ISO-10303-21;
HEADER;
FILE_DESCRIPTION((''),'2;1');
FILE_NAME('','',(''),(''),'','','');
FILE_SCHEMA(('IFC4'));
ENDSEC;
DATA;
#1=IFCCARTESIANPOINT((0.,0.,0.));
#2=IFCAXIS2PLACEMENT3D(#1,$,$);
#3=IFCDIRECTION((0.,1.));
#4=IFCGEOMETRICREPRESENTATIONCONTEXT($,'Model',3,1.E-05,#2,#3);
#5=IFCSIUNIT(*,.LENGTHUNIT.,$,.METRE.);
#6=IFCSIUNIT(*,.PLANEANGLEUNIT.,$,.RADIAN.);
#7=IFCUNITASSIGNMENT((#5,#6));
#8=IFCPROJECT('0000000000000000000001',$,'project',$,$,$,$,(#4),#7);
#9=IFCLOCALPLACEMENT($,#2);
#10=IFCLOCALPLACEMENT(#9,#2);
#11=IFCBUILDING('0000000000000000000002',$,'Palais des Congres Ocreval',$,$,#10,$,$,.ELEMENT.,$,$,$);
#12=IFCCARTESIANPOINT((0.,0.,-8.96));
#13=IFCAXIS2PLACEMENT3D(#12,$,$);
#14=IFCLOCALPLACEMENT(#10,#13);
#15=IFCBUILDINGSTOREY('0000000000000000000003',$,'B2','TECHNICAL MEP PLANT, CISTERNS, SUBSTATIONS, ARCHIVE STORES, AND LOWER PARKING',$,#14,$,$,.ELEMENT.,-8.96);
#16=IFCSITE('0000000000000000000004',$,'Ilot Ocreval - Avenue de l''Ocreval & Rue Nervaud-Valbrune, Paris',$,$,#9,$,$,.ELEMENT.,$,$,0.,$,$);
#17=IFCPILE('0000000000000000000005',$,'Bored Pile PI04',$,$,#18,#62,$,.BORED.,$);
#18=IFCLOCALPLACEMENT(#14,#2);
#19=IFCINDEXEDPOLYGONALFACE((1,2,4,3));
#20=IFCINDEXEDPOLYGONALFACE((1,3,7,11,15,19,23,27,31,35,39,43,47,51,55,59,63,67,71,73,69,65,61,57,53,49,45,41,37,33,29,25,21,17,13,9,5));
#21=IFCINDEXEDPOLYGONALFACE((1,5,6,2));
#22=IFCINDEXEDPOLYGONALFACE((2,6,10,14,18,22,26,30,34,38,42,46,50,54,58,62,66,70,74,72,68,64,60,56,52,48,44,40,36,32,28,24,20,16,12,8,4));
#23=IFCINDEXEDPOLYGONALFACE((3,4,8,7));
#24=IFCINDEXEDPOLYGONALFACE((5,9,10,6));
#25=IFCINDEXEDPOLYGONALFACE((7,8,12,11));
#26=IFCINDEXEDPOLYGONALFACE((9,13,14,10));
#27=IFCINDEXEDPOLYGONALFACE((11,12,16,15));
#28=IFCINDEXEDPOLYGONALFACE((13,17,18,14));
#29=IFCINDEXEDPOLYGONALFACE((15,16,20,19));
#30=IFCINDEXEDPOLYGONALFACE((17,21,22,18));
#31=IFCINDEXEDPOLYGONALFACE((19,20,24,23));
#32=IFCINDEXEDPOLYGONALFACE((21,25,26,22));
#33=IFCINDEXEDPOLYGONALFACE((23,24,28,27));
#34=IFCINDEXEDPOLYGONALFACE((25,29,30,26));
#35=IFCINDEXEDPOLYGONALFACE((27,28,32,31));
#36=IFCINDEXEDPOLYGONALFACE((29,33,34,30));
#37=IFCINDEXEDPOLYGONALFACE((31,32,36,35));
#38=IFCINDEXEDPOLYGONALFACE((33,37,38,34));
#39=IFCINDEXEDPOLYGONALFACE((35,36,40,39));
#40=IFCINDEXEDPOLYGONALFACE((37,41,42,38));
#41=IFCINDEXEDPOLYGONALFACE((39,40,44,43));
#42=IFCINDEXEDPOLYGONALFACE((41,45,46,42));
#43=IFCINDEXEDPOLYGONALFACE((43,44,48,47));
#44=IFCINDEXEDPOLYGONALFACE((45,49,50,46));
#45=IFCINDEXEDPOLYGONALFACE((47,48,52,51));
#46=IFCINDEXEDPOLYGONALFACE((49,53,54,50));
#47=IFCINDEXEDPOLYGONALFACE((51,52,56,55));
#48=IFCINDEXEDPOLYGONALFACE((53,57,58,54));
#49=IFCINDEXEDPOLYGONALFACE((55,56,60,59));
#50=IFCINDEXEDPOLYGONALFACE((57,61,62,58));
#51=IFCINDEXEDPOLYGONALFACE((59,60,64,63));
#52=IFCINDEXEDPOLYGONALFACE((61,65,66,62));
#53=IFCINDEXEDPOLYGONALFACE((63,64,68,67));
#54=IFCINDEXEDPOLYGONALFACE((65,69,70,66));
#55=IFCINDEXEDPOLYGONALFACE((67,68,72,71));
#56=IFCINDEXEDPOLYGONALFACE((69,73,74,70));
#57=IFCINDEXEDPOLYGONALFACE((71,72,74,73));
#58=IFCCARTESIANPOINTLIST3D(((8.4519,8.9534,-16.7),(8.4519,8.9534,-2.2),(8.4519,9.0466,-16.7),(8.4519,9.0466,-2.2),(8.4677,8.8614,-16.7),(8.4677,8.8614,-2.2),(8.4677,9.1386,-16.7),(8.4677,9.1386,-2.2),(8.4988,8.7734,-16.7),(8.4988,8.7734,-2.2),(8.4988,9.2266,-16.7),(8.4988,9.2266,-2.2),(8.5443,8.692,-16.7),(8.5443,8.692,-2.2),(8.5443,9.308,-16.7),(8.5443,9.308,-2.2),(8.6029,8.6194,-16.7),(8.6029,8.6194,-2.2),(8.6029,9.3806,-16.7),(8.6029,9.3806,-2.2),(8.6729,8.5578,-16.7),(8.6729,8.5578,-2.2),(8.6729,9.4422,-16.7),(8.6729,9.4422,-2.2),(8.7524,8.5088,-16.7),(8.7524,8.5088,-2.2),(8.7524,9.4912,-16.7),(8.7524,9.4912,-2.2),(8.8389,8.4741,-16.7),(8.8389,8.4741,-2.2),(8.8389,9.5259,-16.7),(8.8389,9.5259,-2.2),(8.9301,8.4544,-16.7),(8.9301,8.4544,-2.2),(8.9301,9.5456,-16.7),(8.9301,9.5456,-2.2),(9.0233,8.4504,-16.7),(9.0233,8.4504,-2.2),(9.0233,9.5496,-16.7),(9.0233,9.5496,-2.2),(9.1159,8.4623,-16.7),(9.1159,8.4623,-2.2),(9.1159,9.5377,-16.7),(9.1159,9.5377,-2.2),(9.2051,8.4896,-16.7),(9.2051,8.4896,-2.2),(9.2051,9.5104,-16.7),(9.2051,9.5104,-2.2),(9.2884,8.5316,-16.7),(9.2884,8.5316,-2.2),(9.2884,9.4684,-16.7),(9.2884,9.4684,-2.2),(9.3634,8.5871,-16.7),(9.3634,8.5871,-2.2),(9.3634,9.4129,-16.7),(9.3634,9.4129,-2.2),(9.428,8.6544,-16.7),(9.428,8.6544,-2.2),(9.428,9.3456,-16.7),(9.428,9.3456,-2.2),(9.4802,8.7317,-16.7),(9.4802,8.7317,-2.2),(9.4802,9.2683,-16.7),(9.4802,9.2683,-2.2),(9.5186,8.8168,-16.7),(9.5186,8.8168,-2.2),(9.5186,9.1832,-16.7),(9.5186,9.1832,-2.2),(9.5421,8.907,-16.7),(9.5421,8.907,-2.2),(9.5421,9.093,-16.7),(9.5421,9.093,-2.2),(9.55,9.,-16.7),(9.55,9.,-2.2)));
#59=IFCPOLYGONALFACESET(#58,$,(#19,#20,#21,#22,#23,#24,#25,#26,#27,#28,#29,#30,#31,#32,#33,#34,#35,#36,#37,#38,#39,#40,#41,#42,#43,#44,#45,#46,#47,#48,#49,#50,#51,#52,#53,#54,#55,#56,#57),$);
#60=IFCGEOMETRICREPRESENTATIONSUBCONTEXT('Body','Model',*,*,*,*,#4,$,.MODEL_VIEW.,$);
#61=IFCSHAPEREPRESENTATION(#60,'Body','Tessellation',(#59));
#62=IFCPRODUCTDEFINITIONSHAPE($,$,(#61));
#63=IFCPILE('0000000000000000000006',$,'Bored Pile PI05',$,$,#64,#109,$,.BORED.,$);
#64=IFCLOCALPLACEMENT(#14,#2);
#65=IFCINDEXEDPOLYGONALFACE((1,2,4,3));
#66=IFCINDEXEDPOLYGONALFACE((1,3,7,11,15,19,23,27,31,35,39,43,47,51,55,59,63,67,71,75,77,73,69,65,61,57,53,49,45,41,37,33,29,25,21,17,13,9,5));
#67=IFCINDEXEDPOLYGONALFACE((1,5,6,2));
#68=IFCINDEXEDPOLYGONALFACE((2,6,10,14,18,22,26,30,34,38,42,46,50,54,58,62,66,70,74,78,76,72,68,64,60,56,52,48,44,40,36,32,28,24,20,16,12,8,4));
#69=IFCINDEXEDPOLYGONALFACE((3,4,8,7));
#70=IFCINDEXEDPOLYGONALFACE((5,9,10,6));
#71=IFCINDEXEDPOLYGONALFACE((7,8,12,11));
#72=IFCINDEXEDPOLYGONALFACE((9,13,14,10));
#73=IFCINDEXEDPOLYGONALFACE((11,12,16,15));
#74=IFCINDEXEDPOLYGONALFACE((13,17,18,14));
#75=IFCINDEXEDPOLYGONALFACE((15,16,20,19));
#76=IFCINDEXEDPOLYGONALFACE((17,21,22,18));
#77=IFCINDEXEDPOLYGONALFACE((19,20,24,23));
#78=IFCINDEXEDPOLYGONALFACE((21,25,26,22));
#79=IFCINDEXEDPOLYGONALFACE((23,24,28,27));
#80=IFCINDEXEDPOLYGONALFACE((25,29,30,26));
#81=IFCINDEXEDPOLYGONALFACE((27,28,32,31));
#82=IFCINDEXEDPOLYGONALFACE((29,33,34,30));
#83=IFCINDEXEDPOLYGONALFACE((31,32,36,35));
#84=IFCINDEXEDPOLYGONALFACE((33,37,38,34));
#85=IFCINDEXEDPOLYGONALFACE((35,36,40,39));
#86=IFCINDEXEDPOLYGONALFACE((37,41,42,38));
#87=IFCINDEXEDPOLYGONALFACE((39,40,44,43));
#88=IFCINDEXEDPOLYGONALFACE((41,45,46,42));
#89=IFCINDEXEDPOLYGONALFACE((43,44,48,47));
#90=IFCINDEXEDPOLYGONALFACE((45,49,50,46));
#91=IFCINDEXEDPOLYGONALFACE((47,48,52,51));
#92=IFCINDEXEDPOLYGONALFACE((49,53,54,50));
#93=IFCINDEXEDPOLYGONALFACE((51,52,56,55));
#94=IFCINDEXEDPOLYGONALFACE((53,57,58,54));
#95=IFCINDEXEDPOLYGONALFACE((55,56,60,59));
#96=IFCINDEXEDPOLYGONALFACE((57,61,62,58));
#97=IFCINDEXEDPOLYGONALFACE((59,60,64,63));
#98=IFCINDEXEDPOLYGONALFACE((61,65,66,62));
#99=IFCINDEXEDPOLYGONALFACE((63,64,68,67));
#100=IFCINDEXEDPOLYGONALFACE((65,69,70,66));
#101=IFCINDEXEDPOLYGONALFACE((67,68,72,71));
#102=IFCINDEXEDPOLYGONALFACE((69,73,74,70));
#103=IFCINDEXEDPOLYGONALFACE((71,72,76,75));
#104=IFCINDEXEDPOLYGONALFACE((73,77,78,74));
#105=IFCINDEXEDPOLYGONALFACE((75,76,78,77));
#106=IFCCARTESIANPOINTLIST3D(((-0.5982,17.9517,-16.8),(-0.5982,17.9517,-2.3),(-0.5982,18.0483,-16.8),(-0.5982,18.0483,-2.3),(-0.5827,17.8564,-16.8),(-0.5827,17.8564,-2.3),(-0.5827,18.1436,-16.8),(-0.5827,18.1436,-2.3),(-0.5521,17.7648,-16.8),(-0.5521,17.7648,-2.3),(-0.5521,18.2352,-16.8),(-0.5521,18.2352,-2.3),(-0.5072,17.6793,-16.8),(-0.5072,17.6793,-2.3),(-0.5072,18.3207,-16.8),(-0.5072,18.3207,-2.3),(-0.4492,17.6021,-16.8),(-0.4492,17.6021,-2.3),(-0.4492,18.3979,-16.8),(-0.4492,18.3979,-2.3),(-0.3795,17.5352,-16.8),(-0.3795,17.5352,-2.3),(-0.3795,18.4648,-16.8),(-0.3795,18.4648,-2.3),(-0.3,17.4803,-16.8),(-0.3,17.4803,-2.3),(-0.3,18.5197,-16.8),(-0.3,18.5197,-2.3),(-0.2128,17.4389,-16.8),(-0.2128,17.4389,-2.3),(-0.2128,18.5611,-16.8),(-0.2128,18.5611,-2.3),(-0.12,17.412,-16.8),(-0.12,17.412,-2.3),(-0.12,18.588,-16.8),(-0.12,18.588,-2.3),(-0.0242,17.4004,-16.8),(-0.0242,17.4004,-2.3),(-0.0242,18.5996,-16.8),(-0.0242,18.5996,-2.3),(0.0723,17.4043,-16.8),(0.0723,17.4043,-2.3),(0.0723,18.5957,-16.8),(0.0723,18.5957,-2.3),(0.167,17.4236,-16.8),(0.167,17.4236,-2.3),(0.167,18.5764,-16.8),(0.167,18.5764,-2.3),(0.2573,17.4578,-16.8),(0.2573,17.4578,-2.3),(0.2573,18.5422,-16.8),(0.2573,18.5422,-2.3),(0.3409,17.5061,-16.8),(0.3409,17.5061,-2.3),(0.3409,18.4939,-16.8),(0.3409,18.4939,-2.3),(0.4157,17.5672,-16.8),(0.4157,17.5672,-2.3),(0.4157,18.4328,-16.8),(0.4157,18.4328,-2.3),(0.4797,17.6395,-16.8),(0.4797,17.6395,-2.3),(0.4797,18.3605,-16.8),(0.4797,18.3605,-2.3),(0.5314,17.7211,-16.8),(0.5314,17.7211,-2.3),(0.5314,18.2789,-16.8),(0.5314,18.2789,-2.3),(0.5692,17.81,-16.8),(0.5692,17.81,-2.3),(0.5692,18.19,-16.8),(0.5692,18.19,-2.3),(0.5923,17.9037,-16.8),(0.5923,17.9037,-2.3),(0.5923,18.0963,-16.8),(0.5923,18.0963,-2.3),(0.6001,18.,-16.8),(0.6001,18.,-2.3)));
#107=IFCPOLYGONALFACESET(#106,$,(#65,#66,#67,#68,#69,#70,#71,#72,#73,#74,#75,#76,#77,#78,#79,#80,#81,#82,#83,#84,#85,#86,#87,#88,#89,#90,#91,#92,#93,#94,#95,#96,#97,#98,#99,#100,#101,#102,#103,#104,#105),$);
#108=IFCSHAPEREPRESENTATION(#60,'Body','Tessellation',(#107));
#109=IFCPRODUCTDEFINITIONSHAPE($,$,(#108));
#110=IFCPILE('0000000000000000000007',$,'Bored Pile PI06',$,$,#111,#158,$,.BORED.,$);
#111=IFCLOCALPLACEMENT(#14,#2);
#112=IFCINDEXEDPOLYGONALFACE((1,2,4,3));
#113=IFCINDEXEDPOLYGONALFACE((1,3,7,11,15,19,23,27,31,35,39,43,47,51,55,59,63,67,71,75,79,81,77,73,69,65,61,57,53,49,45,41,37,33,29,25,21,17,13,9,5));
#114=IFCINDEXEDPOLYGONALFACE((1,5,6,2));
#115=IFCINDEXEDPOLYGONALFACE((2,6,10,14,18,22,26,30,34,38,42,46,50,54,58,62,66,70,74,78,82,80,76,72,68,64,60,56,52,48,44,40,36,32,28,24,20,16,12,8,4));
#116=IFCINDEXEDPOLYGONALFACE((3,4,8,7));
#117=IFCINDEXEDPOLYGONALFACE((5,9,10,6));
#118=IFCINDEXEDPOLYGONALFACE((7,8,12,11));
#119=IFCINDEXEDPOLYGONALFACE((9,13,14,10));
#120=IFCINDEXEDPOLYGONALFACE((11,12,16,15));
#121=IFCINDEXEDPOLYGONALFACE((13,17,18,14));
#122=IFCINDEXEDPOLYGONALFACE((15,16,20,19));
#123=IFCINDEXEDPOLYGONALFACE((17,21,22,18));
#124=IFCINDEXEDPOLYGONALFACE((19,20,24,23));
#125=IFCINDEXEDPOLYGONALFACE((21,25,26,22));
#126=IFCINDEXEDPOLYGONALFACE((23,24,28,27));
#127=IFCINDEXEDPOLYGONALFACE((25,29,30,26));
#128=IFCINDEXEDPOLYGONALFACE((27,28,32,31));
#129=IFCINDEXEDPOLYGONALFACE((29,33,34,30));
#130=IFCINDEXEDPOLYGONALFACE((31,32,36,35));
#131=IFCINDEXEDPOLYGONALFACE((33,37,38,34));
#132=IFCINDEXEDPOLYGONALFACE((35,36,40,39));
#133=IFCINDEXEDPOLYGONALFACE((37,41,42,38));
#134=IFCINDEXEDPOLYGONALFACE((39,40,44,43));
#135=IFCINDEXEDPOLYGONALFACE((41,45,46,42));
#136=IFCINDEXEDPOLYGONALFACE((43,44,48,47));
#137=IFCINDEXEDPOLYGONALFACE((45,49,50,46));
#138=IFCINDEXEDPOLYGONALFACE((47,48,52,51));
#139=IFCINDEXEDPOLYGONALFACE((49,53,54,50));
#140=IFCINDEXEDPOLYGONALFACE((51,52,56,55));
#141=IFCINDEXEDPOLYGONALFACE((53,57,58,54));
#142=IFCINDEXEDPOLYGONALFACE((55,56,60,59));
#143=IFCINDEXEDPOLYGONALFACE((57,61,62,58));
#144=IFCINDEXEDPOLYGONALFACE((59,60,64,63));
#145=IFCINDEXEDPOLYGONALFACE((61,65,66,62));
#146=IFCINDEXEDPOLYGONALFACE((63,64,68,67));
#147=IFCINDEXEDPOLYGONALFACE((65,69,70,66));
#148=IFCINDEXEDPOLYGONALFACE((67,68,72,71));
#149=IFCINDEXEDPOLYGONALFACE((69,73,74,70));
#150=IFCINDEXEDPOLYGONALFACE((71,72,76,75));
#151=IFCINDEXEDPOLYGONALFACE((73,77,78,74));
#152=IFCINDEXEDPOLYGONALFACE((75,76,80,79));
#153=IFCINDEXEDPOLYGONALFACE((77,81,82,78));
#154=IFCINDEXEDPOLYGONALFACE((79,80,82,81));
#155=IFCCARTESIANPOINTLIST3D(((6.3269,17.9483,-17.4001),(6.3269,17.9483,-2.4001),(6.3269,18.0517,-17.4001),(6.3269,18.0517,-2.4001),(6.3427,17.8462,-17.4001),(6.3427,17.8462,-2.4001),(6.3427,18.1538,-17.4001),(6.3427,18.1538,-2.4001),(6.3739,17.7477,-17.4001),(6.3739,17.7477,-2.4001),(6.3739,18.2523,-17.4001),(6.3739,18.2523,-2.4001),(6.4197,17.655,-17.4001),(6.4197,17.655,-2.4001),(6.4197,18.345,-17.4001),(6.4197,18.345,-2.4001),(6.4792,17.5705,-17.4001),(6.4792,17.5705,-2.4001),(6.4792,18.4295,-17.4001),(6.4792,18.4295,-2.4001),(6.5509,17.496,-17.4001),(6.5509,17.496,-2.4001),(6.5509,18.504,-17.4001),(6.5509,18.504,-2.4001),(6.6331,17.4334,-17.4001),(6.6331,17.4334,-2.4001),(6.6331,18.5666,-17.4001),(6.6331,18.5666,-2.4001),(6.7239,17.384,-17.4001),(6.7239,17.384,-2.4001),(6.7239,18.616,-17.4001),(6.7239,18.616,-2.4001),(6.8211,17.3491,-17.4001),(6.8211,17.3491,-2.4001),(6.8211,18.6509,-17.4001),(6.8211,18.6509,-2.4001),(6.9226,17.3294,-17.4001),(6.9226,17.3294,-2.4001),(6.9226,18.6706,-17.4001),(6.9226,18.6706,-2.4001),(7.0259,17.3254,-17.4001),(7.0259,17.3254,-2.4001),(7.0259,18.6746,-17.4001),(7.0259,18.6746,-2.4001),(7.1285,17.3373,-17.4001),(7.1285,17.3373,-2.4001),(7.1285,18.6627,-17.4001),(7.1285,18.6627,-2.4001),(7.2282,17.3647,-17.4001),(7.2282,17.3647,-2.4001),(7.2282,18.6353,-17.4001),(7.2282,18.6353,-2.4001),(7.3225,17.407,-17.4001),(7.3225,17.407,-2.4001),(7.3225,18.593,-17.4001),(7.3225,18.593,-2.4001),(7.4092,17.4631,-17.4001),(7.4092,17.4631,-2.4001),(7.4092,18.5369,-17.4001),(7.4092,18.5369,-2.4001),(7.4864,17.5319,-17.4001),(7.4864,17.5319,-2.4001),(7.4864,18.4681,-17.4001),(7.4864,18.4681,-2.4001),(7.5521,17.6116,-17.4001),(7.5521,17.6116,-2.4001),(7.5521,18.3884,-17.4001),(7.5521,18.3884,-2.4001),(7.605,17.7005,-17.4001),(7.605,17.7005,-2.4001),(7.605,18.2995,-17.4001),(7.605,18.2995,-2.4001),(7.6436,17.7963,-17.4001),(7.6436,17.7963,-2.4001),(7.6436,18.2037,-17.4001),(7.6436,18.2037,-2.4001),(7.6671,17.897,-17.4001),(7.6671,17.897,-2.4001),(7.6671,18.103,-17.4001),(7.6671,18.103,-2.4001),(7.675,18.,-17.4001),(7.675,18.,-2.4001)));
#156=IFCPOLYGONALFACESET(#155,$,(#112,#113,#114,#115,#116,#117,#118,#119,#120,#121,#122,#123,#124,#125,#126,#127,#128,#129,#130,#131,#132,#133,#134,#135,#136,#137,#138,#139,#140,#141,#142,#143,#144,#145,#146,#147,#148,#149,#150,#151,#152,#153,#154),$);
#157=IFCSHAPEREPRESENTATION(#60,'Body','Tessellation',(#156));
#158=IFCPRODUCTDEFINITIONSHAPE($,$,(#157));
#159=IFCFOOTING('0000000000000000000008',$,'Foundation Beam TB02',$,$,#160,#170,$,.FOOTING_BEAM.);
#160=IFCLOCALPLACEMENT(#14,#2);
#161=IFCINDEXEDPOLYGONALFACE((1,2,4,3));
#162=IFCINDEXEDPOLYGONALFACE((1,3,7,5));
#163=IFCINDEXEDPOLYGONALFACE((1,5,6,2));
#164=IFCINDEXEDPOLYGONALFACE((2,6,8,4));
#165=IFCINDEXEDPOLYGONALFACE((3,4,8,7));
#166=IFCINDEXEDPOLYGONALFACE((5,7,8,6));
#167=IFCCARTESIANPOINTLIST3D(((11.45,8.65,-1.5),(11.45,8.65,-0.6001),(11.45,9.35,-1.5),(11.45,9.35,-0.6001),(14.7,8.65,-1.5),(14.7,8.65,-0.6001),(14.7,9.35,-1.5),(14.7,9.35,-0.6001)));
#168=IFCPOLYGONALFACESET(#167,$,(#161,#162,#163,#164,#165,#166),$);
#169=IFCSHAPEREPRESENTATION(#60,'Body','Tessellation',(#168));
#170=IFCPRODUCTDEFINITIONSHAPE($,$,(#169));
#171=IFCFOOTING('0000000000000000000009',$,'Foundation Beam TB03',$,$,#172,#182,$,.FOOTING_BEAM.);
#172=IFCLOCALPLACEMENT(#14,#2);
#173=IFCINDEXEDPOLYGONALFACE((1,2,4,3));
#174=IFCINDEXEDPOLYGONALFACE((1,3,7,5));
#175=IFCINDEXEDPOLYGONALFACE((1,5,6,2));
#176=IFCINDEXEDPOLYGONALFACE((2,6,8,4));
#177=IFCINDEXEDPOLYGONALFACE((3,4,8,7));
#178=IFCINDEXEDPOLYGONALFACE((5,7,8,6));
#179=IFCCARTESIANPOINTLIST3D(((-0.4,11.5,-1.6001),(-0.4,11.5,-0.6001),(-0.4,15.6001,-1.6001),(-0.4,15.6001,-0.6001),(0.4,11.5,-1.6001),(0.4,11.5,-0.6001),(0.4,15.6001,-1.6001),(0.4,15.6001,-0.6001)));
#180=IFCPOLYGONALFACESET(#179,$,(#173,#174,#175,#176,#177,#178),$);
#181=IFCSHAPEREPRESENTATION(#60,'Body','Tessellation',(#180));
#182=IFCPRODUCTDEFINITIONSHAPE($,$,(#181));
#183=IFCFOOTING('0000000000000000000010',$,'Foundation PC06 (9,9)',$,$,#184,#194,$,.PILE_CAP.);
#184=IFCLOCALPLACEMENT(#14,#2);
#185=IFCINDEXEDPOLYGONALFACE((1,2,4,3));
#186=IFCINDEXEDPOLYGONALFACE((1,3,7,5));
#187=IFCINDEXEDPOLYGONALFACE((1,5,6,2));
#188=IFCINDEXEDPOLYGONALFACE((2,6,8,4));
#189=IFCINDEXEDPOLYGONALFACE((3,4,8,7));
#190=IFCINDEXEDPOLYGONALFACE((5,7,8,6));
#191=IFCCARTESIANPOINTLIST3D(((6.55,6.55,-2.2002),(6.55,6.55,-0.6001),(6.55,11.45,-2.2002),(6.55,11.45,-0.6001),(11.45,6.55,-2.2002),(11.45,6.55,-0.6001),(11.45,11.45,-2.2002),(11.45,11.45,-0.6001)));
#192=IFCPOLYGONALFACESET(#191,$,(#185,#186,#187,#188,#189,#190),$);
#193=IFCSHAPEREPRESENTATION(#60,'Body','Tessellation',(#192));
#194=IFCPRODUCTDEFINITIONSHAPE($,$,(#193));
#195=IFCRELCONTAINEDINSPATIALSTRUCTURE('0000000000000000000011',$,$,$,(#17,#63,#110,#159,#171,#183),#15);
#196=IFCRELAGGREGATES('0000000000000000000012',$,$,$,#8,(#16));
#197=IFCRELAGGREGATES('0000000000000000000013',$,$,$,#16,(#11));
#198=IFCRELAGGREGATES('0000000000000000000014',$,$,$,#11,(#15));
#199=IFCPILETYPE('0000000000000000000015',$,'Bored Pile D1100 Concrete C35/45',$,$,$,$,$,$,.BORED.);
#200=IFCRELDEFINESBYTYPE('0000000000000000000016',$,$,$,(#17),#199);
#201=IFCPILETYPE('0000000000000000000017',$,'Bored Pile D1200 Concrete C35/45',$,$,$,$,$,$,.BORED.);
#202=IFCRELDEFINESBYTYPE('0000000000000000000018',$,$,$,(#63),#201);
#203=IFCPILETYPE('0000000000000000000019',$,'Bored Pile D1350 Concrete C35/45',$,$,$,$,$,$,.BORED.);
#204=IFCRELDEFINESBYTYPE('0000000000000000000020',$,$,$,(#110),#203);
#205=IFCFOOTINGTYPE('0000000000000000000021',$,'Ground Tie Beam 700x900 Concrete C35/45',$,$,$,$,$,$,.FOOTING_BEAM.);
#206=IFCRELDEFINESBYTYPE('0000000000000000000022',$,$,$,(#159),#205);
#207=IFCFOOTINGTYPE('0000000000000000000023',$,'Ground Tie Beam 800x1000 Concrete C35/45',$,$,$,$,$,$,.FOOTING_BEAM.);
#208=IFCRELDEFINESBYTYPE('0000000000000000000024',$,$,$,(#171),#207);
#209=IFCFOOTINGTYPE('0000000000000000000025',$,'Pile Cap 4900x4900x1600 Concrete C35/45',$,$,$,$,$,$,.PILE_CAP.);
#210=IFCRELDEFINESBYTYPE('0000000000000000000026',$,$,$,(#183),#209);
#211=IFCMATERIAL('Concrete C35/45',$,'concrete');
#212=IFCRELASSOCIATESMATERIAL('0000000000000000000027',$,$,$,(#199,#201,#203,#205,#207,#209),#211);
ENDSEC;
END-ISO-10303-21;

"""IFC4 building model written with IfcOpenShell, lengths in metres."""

from ifc_helpers import new_model, si_unit, direction, frame, origin, origin_2d, place, context, subcontext, project, spatial, rectangle, circle, extrude, material, material_profile, profile_set, type_object, element, save


model = new_model("IFC4")

# Units and contexts
model_context = context("Model", 3, precision=1e-05, world=origin(), true_north=direction((0.0, 1.0)))
body_context = subcontext(model_context, "Body", "Model", "MODEL_VIEW")
ifc_project = project(units=[si_unit("LENGTHUNIT", "METRE"), si_unit("PLANEANGLEUNIT", "RADIAN")], contexts=[model_context])

# Site, building, storey
site_placement = place(None, origin())
site = spatial("IfcSite", under=ifc_project, at=site_placement, Name="Ilot Ocreval - Avenue de l'Ocreval & Rue Nervaud-Valbrune, Paris", CompositionType="ELEMENT", RefElevation=0.0)
building_placement = place(site_placement, origin())
building = spatial("IfcBuilding", under=site, at=building_placement, Name="Palais des Congres Ocreval", CompositionType="ELEMENT")
storey_placement = place(building_placement, frame((0.0, 0.0, -8.96)))
storey = spatial("IfcBuildingStorey", under=building, at=storey_placement, Name="B2", Description="TECHNICAL MEP PLANT, CISTERNS, SUBSTATIONS, ARCHIVE STORES, AND LOWER PARKING", CompositionType="ELEMENT", Elevation=-8.96)

# Piles
ifc_material_1 = material(Name="Concrete C35/45", Category="concrete")
ifc_material_profile_1 = material_profile(ifc_material_1, circle(Radius=0.55, at=origin_2d()), Name="BORED PILE 1100")
ifc_profile_set_1 = profile_set([ifc_material_profile_1], Name="Concrete C35/45")
pile_type_1 = type_object("IfcPileType", Name="Bored Pile D1100 Concrete C35/45", PredefinedType="BORED", material=ifc_profile_set_1)
pile_1_placement = place(storey_placement, frame((9.0, 9.0, -2.2), z_axis=(0.0, 0.0, -1.0), x_axis=(1.0, 0.0, 0.0)))
element("IfcPile", 1, at=pile_1_placement, inside=storey, type_object=pile_type_1, Name="Bored Pile PI04", PredefinedType="BORED", context=body_context, shape_type="SweptSolid", body=[
    extrude(circle(Radius=0.55, at=origin_2d()), origin(), (0.0, 0.0, 1.0), 14.5),
])
ifc_material_profile_2 = material_profile(ifc_material_1, circle(Radius=0.6001, at=origin_2d()), Name="BORED PILE 1200")
ifc_profile_set_2 = profile_set([ifc_material_profile_2], Name="Concrete C35/45")
pile_type_2 = type_object("IfcPileType", Name="Bored Pile D1200 Concrete C35/45", PredefinedType="BORED", material=ifc_profile_set_2)
pile_2_placement = place(storey_placement, frame((0.0, 18.0, -2.3), z_axis=(0.0, 0.0, -1.0), x_axis=(1.0, 0.0, 0.0)))
element("IfcPile", 2, at=pile_2_placement, inside=storey, type_object=pile_type_2, Name="Bored Pile PI05", PredefinedType="BORED", context=body_context, shape_type="SweptSolid", body=[
    extrude(circle(Radius=0.6001, at=origin_2d()), origin(), (0.0, 0.0, 1.0), 14.5),
])
ifc_material_profile_3 = material_profile(ifc_material_1, circle(Radius=0.675, at=origin_2d()), Name="BORED PILE 1350")
ifc_profile_set_3 = profile_set([ifc_material_profile_3], Name="Concrete C35/45")
pile_type_3 = type_object("IfcPileType", Name="Bored Pile D1350 Concrete C35/45", PredefinedType="BORED", material=ifc_profile_set_3)
pile_3_placement = place(storey_placement, frame((7.0, 18.0, -2.4001), z_axis=(0.0, 0.0, -1.0), x_axis=(1.0, 0.0, 0.0)))
element("IfcPile", 3, at=pile_3_placement, inside=storey, type_object=pile_type_3, Name="Bored Pile PI06", PredefinedType="BORED", context=body_context, shape_type="SweptSolid", body=[
    extrude(circle(Radius=0.675, at=origin_2d()), origin(), (0.0, 0.0, 1.0), 15.0),
])

# Footings
footing_type_1 = type_object("IfcFootingType", Name="Ground Tie Beam 700x900 Concrete C35/45", PredefinedType="FOOTING_BEAM", material=ifc_material_1)
footing_1_placement = place(storey_placement, frame((13.075, 9.0, -1.5), z_axis=(0.0, 0.0, 1.0), x_axis=(1.0, 0.0, 0.0)))
element("IfcFooting", 4, at=footing_1_placement, inside=storey, type_object=footing_type_1, Name="Foundation Beam TB02", PredefinedType="FOOTING_BEAM", context=body_context, shape_type="SweptSolid", body=[
    extrude(rectangle(XDim=3.25, YDim=0.7, at=origin_2d()), origin(), (0.0, 0.0, 1.0), 0.8999),
])
footing_type_2 = type_object("IfcFootingType", Name="Ground Tie Beam 800x1000 Concrete C35/45", PredefinedType="FOOTING_BEAM", material=ifc_material_1)
footing_2_placement = place(storey_placement, frame((0.0, 13.55, -1.6001), z_axis=(0.0, 0.0, 1.0), x_axis=(0.0, 1.0, 0.0)))
element("IfcFooting", 5, at=footing_2_placement, inside=storey, type_object=footing_type_2, Name="Foundation Beam TB03", PredefinedType="FOOTING_BEAM", context=body_context, shape_type="SweptSolid", body=[
    extrude(rectangle(XDim=4.1001, YDim=0.8, at=origin_2d()), origin(), (0.0, 0.0, 1.0), 1.0),
])
footing_type_3 = type_object("IfcFootingType", Name="Pile Cap 4900x4900x1600 Concrete C35/45", PredefinedType="PILE_CAP", material=ifc_material_1)
footing_3_placement = place(storey_placement, frame((9.0, 9.0, -2.2002), z_axis=(0.0, 0.0, 1.0), x_axis=(1.0, 0.0, 0.0)))
element("IfcFooting", 6, at=footing_3_placement, inside=storey, type_object=footing_type_3, Name="Foundation PC06 (9,9)", PredefinedType="PILE_CAP", context=body_context, shape_type="SweptSolid", body=[
    extrude(rectangle(XDim=4.8999, YDim=4.8999, at=origin_2d()), origin(), (0.0, 0.0, 1.0), 1.6001),
])

save(model, "model.ifc")
